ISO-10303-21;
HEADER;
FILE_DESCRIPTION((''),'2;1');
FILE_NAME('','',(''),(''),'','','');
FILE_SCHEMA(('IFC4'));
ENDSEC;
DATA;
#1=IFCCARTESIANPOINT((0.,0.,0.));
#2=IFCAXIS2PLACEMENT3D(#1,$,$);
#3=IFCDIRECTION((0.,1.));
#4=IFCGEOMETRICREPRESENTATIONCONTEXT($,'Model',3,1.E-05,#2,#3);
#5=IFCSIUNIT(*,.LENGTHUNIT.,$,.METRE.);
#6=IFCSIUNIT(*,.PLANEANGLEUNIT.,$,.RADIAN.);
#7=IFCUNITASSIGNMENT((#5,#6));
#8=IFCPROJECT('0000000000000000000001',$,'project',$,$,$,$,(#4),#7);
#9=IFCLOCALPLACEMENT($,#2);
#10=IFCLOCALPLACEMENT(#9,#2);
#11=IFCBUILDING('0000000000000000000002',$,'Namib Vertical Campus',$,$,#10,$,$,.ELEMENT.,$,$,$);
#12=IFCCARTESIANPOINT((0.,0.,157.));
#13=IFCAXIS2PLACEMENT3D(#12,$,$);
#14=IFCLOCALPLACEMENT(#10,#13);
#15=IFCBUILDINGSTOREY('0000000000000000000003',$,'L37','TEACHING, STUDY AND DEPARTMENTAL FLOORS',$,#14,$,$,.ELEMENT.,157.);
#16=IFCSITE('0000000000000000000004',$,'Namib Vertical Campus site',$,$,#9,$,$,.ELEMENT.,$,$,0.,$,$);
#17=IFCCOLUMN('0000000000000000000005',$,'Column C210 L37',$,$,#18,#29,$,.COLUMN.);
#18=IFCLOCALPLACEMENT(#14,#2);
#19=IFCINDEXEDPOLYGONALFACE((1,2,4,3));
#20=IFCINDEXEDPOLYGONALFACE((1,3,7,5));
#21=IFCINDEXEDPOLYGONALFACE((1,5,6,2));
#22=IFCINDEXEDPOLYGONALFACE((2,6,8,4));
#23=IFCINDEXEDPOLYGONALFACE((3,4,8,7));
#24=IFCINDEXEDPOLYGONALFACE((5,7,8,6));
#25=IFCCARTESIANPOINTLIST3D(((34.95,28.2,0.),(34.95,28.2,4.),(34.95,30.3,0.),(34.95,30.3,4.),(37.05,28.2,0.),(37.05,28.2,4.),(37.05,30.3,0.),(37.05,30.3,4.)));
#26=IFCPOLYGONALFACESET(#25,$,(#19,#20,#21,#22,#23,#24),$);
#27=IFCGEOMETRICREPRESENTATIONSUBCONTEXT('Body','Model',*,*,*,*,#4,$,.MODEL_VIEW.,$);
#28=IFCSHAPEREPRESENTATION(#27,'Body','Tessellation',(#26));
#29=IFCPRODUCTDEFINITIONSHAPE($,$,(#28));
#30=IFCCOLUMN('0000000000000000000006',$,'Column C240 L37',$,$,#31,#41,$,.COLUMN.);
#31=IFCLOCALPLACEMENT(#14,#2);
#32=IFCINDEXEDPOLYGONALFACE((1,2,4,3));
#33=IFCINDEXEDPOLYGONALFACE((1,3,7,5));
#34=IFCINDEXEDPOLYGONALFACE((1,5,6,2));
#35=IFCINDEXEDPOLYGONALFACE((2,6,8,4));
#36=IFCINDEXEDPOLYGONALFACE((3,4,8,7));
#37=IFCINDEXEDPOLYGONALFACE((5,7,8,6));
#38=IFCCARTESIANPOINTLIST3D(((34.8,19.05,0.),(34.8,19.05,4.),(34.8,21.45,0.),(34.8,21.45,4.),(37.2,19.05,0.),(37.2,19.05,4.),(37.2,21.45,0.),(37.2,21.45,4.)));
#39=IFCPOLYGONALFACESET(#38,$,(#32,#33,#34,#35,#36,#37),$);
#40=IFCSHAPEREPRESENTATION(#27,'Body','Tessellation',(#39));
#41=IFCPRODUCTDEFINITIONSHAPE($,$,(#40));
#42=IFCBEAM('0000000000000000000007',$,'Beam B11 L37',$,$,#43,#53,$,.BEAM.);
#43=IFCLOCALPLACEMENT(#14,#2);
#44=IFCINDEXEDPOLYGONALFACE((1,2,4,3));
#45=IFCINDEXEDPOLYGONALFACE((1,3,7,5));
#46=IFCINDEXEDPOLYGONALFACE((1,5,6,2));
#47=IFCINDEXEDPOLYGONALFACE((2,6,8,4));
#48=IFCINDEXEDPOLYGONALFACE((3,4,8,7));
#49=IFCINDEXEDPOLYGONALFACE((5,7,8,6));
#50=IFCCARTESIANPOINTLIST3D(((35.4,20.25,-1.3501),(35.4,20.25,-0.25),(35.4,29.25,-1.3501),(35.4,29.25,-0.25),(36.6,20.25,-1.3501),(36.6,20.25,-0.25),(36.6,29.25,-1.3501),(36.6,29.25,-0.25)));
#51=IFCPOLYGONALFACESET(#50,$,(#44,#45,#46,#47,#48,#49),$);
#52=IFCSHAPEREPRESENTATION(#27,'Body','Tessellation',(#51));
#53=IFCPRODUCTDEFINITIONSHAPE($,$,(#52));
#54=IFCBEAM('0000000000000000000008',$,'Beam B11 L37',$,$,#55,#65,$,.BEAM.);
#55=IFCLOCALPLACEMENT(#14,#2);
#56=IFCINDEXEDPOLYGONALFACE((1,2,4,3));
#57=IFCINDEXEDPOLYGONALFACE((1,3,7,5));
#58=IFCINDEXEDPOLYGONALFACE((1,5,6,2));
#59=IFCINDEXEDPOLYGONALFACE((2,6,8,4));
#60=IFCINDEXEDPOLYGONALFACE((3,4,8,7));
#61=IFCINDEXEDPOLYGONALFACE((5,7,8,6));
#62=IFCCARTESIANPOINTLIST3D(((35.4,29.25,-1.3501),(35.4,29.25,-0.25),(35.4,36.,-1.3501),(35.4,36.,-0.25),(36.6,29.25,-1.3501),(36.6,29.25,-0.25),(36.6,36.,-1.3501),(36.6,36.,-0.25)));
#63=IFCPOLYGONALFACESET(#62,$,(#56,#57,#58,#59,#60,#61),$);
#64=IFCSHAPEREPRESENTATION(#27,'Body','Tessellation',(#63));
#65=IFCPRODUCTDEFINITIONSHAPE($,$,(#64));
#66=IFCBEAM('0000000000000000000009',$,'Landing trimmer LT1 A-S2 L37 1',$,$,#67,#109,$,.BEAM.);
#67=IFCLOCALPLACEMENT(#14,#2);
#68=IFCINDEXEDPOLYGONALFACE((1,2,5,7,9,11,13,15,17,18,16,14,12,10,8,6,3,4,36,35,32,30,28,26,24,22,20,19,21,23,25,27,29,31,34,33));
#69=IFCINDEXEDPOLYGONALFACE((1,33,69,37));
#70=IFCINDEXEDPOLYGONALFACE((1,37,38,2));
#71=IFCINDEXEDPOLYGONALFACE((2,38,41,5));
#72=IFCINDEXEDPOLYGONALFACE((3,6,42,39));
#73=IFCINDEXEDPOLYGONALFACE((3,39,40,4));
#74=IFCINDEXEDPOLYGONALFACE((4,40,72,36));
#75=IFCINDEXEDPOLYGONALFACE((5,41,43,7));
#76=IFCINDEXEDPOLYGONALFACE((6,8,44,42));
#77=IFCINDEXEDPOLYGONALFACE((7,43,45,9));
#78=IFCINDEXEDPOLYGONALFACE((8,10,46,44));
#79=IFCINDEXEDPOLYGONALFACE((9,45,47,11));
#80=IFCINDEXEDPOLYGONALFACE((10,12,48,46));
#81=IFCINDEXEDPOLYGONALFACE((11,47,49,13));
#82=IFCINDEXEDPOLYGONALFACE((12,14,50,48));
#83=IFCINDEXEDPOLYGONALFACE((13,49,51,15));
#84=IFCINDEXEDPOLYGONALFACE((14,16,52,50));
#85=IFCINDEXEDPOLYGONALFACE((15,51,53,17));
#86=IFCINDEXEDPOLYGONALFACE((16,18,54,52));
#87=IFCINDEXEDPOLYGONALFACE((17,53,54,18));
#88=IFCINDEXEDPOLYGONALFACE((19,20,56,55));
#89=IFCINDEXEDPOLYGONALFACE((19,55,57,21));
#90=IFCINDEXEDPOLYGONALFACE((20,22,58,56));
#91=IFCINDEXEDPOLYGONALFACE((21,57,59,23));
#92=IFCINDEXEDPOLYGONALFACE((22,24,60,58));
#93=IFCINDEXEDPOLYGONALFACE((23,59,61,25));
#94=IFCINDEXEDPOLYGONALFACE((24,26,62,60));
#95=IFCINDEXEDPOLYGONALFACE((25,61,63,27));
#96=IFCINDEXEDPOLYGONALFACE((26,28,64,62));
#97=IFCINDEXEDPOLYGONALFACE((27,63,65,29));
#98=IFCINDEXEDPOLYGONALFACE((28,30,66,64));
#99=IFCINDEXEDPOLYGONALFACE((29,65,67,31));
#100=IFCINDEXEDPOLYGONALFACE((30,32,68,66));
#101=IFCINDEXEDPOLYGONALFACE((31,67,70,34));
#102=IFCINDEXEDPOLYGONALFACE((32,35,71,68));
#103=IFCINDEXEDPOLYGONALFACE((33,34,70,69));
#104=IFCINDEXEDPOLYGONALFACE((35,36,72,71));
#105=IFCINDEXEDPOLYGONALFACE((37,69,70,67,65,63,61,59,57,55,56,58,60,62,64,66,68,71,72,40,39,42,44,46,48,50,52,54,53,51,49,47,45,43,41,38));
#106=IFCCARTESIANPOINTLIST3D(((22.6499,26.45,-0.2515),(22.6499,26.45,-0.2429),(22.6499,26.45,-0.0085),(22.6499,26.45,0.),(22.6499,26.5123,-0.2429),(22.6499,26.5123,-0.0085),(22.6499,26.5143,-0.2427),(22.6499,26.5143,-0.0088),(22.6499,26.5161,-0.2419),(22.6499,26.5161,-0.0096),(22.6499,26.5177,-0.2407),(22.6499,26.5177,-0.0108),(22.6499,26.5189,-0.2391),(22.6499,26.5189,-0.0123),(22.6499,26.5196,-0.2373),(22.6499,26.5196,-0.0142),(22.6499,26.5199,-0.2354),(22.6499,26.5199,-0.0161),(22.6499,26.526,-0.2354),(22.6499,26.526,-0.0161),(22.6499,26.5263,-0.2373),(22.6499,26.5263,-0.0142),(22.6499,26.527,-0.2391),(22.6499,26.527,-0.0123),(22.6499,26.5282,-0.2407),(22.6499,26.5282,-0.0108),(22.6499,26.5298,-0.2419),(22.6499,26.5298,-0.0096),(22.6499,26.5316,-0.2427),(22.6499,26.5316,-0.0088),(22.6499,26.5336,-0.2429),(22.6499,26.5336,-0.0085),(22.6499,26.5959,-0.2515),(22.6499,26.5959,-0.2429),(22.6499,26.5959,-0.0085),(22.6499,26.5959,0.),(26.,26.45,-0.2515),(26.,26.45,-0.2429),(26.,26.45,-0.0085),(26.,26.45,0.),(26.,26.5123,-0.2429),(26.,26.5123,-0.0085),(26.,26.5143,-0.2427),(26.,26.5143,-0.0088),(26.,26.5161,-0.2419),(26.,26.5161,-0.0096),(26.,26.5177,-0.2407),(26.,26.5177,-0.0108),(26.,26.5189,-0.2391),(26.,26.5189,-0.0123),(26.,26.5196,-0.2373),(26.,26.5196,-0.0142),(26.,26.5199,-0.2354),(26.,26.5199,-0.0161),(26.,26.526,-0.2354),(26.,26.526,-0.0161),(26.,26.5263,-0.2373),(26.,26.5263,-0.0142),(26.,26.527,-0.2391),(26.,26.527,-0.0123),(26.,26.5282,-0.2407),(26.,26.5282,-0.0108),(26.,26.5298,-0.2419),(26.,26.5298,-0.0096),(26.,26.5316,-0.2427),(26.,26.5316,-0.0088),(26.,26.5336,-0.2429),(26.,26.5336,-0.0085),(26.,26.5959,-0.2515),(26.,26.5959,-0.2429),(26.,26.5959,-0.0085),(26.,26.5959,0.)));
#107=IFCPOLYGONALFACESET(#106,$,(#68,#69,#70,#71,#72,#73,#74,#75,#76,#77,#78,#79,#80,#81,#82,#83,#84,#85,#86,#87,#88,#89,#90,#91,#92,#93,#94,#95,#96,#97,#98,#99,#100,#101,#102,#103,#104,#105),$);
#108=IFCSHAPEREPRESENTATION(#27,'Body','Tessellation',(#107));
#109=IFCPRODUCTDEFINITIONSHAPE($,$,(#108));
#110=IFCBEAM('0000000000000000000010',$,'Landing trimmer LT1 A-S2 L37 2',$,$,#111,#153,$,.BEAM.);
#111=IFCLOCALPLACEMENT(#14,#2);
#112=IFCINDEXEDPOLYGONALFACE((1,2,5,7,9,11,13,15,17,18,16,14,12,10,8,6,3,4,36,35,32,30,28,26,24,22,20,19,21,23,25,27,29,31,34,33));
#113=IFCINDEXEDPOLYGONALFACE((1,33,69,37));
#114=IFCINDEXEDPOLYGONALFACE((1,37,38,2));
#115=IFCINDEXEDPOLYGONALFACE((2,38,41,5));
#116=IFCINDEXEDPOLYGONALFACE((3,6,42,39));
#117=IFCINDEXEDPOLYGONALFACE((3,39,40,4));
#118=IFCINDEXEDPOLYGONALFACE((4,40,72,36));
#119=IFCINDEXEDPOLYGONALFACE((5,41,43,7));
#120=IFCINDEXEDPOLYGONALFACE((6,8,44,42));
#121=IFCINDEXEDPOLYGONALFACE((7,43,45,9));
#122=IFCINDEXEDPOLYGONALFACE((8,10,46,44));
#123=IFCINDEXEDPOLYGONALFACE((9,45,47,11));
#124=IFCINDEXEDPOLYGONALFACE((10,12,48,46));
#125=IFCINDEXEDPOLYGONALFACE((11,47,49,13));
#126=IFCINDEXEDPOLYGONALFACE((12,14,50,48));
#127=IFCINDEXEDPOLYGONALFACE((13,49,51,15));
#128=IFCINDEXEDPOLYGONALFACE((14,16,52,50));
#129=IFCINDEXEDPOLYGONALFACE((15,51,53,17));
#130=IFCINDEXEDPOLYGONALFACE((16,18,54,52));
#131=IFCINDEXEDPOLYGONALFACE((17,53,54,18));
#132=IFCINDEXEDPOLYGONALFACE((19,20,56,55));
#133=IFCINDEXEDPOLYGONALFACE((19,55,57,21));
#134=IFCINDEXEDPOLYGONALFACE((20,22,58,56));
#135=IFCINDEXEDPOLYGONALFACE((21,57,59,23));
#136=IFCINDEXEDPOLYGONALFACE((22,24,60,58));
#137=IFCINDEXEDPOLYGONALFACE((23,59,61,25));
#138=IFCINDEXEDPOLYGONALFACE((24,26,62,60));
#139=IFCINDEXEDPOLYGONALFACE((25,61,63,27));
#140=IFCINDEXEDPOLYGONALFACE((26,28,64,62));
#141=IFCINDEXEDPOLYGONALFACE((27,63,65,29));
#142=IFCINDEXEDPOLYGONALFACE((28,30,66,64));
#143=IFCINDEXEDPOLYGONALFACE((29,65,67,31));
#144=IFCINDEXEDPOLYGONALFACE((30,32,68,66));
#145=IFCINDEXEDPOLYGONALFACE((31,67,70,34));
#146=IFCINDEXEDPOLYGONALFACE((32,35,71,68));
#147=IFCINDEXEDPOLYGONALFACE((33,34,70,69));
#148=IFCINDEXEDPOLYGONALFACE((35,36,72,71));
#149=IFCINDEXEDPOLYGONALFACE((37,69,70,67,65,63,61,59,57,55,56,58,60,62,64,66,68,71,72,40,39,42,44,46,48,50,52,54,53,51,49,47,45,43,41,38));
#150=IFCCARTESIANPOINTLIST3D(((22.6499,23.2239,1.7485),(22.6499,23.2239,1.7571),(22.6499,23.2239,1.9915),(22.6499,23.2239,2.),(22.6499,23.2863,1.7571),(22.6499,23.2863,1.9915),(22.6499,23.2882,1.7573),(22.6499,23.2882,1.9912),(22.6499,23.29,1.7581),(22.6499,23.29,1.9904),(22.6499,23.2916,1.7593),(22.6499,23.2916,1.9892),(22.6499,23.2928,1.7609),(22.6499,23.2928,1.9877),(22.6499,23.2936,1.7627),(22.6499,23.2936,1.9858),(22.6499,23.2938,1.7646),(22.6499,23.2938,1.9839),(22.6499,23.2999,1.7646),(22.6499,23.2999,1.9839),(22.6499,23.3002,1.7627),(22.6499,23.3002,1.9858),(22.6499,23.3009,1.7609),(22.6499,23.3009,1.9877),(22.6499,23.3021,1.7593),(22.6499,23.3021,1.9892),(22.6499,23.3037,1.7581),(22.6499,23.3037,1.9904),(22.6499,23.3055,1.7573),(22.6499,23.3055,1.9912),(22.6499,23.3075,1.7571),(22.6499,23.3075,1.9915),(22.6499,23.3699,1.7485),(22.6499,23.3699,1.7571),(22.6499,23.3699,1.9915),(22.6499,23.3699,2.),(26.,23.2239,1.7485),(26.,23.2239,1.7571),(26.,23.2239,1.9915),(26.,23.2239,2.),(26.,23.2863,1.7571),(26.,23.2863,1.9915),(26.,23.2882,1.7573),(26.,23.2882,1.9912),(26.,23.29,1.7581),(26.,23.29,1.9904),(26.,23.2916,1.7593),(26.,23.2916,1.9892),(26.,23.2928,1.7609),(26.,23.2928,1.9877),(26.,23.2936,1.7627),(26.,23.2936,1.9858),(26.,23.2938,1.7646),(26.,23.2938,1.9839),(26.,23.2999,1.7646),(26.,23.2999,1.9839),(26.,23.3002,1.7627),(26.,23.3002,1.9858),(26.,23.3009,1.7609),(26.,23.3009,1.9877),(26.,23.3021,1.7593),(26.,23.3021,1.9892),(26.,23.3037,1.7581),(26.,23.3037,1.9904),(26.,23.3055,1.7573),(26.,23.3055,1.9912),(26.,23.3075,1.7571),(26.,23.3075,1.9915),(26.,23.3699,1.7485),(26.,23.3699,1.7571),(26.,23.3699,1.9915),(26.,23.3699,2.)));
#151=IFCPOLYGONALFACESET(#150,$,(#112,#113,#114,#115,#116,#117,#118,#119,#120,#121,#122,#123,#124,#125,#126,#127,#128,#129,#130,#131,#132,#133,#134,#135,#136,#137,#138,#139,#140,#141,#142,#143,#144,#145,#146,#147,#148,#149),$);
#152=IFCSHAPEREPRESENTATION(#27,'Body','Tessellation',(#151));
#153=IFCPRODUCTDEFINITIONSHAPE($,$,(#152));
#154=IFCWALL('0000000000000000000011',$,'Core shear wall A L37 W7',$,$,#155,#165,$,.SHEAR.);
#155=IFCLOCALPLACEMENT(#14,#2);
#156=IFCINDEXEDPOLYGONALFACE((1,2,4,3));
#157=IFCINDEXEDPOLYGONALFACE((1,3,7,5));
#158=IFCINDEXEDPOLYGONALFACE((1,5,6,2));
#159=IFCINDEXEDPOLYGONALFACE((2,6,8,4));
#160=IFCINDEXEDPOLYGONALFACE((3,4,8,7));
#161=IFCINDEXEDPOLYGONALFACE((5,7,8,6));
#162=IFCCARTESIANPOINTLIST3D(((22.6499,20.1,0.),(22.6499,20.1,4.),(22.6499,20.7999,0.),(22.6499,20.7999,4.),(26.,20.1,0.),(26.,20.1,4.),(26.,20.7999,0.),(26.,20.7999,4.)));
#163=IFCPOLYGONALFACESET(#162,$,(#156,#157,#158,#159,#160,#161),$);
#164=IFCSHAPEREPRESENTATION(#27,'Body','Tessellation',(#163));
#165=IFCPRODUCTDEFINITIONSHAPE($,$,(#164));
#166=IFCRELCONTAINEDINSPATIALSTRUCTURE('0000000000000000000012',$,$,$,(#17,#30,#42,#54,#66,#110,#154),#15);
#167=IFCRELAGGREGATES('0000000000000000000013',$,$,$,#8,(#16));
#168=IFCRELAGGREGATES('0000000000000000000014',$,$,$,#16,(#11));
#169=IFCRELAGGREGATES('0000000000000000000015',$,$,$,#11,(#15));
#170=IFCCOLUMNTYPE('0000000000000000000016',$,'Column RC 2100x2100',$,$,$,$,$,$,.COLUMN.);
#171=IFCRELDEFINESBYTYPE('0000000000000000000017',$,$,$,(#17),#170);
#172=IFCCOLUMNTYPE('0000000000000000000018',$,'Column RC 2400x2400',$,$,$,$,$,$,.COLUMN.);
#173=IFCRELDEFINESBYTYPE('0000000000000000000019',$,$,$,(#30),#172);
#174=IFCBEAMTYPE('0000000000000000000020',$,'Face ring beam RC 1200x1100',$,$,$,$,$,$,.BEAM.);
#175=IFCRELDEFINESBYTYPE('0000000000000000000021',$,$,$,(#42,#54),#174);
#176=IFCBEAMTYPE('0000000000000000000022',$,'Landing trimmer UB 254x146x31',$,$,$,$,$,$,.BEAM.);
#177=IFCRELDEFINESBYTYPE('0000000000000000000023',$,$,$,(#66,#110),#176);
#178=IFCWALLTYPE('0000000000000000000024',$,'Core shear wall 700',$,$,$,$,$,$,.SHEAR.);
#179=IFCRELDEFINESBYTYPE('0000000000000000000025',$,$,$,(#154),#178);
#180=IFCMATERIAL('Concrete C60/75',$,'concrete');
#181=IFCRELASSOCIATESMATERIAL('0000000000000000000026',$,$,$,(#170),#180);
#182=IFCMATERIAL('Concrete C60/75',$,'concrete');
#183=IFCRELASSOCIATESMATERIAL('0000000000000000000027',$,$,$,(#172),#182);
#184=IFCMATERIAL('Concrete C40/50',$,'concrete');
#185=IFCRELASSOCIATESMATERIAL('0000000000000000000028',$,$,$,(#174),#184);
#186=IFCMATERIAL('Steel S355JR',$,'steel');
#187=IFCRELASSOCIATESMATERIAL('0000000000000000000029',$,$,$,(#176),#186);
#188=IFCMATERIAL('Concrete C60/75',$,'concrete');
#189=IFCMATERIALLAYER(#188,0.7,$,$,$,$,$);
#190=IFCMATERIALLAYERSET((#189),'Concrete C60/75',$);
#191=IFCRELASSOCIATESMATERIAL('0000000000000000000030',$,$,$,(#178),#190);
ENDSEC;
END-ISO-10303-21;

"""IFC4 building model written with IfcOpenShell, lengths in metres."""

from ifc_helpers import new_model, si_unit, direction, frame, frame_2d, origin, origin_2d, place, context, subcontext, project, spatial, rectangle, i_section, extrude, material, layer, layer_set, material_profile, profile_set, type_object, element, save


model = new_model("IFC4")

# Units and contexts
model_context = context("Model", 3, precision=1e-05, world=origin(), true_north=direction((0.0, 1.0)))
body_context = subcontext(model_context, "Body", "Model", "MODEL_VIEW")
ifc_project = project(units=[si_unit("LENGTHUNIT", "METRE"), si_unit("PLANEANGLEUNIT", "RADIAN")], contexts=[model_context])

# Site, building, storey
site_placement = place(None, origin())
site = spatial("IfcSite", under=ifc_project, at=site_placement, Name="Namib Vertical Campus site", CompositionType="ELEMENT", RefElevation=0.0)
building_placement = place(site_placement, origin())
building = spatial("IfcBuilding", under=site, at=building_placement, Name="Namib Vertical Campus", CompositionType="ELEMENT")
storey_placement = place(building_placement, frame((0.0, 0.0, 157.0)))
storey = spatial("IfcBuildingStorey", under=building, at=storey_placement, Name="L37", Description="TEACHING, STUDY AND DEPARTMENTAL FLOORS", CompositionType="ELEMENT", Elevation=157.0)

# Columns
ifc_material_1 = material(Name="Concrete C60/75", Category="concrete")
ifc_material_profile_1 = material_profile(ifc_material_1, rectangle(XDim=2.1001, YDim=2.1001, at=origin_2d()))
ifc_profile_set_1 = profile_set([ifc_material_profile_1], Name="Concrete C60/75")
column_type_1 = type_object("IfcColumnType", Name="Column RC 2100x2100", PredefinedType="COLUMN", material=ifc_profile_set_1)
column_1_placement = place(storey_placement, frame((36.0, 29.25, 0.0), z_axis=(0.0, 0.0, 1.0), x_axis=(1.0, 0.0, 0.0)))
element("IfcColumn", 1, at=column_1_placement, inside=storey, type_object=column_type_1, Name="Column C210 L37", PredefinedType="COLUMN", context=body_context, shape_type="SweptSolid", body=[
    extrude(rectangle(XDim=2.1001, YDim=2.1001, at=origin_2d()), origin(), (0.0, 0.0, 1.0), 4.0),
])
ifc_material_2 = material(Name="Concrete C60/75", Category="concrete")
ifc_material_profile_2 = material_profile(ifc_material_2, rectangle(XDim=2.3999, YDim=2.3999, at=origin_2d()))
ifc_profile_set_2 = profile_set([ifc_material_profile_2], Name="Concrete C60/75")
column_type_2 = type_object("IfcColumnType", Name="Column RC 2400x2400", PredefinedType="COLUMN", material=ifc_profile_set_2)
column_2_placement = place(storey_placement, frame((36.0, 20.25, 0.0), z_axis=(0.0, 0.0, 1.0), x_axis=(1.0, 0.0, 0.0)))
element("IfcColumn", 2, at=column_2_placement, inside=storey, type_object=column_type_2, Name="Column C240 L37", PredefinedType="COLUMN", context=body_context, shape_type="SweptSolid", body=[
    extrude(rectangle(XDim=2.3999, YDim=2.3999, at=origin_2d()), origin(), (0.0, 0.0, 1.0), 4.0),
])

# Beams
ifc_material_3 = material(Name="Concrete C40/50", Category="concrete")
ifc_material_profile_3 = material_profile(ifc_material_3, rectangle(XDim=1.2, YDim=1.1001, at=origin_2d()))
ifc_profile_set_3 = profile_set([ifc_material_profile_3], Name="Concrete C40/50")
beam_type_1 = type_object("IfcBeamType", Name="Face ring beam RC 1200x1100", PredefinedType="BEAM", material=ifc_profile_set_3)
beam_1_placement = place(storey_placement, frame((36.0, 20.25, -0.8), z_axis=(0.0, 1.0, 0.0), x_axis=(-1.0, 0.0, 0.0)))
element("IfcBeam", 3, at=beam_1_placement, inside=storey, type_object=beam_type_1, Name="Beam B11 L37", PredefinedType="BEAM", context=body_context, shape_type="SweptSolid", body=[
    extrude(rectangle(XDim=1.2, YDim=1.1001, at=origin_2d()), origin(), (0.0, 0.0, 1.0), 9.0),
])
beam_2_placement = place(storey_placement, frame((36.0, 29.25, -0.8), z_axis=(0.0, 1.0, 0.0), x_axis=(-1.0, 0.0, 0.0)))
element("IfcBeam", 4, at=beam_2_placement, inside=storey, type_object=beam_type_1, Name="Beam B11 L37", PredefinedType="BEAM", context=body_context, shape_type="SweptSolid", body=[
    extrude(rectangle(XDim=1.2, YDim=1.1001, at=origin_2d()), origin(), (0.0, 0.0, 1.0), 6.75),
])
ifc_material_4 = material(Name="Steel S355JR", Category="steel")
ifc_material_profile_4 = material_profile(ifc_material_4, i_section(OverallWidth=0.146, OverallDepth=0.2515, WebThickness=0.0061, FlangeThickness=0.0085, FilletRadius=0.0076, at=origin_2d()))
ifc_profile_set_4 = profile_set([ifc_material_profile_4], Name="Steel S355JR")
beam_type_2 = type_object("IfcBeamType", Name="Landing trimmer UB 254x146x31", PredefinedType="BEAM", material=ifc_profile_set_4)
for number, where, z_axis, x_axis, name in (
    (5, (22.6499, 26.5229, -0.1257), (1.0, 0.0, 0.0), (0.0, 1.0, 0.0), "Landing trimmer LT1 A-S2 L37 1"),
    (6, (22.6499, 23.2969, 1.8743), (1.0, 0.0, 0.0), (0.0, 1.0, 0.0), "Landing trimmer LT1 A-S2 L37 2"),
):
    element("IfcBeam", number, at=place(storey_placement, frame(where, z_axis=z_axis, x_axis=x_axis)), inside=storey, type_object=beam_type_2, Name=name, PredefinedType="BEAM", context=body_context, shape_type="SweptSolid", body=[
        extrude(i_section(OverallWidth=0.146, OverallDepth=0.2515, WebThickness=0.0061, FlangeThickness=0.0085, FilletRadius=0.0076, at=origin_2d()), origin(), (0.0, 0.0, 1.0), 3.3501),
    ])

# Wall
ifc_material_5 = material(Name="Concrete C60/75", Category="concrete")
ifc_layer_1 = layer(ifc_material_5, 0.7)
ifc_layer_set_1 = layer_set([ifc_layer_1], Name="Concrete C60/75")
wall_type_1 = type_object("IfcWallType", Name="Core shear wall 700", PredefinedType="SHEAR", material=ifc_layer_set_1)
wall_1_placement = place(storey_placement, frame((22.6499, 20.45, 0.0), z_axis=(0.0, 0.0, 1.0), x_axis=(1.0, 0.0, 0.0)))
element("IfcWall", 7, at=wall_1_placement, inside=storey, type_object=wall_type_1, Name="Core shear wall A L37 W7", PredefinedType="SHEAR", context=body_context, shape_type="SweptSolid", body=[
    extrude(rectangle(XDim=3.3501, YDim=0.7, at=frame_2d((1.675, 0.0))), origin(), (0.0, 0.0, 1.0), 4.0),
])

save(model, "model.ifc")
